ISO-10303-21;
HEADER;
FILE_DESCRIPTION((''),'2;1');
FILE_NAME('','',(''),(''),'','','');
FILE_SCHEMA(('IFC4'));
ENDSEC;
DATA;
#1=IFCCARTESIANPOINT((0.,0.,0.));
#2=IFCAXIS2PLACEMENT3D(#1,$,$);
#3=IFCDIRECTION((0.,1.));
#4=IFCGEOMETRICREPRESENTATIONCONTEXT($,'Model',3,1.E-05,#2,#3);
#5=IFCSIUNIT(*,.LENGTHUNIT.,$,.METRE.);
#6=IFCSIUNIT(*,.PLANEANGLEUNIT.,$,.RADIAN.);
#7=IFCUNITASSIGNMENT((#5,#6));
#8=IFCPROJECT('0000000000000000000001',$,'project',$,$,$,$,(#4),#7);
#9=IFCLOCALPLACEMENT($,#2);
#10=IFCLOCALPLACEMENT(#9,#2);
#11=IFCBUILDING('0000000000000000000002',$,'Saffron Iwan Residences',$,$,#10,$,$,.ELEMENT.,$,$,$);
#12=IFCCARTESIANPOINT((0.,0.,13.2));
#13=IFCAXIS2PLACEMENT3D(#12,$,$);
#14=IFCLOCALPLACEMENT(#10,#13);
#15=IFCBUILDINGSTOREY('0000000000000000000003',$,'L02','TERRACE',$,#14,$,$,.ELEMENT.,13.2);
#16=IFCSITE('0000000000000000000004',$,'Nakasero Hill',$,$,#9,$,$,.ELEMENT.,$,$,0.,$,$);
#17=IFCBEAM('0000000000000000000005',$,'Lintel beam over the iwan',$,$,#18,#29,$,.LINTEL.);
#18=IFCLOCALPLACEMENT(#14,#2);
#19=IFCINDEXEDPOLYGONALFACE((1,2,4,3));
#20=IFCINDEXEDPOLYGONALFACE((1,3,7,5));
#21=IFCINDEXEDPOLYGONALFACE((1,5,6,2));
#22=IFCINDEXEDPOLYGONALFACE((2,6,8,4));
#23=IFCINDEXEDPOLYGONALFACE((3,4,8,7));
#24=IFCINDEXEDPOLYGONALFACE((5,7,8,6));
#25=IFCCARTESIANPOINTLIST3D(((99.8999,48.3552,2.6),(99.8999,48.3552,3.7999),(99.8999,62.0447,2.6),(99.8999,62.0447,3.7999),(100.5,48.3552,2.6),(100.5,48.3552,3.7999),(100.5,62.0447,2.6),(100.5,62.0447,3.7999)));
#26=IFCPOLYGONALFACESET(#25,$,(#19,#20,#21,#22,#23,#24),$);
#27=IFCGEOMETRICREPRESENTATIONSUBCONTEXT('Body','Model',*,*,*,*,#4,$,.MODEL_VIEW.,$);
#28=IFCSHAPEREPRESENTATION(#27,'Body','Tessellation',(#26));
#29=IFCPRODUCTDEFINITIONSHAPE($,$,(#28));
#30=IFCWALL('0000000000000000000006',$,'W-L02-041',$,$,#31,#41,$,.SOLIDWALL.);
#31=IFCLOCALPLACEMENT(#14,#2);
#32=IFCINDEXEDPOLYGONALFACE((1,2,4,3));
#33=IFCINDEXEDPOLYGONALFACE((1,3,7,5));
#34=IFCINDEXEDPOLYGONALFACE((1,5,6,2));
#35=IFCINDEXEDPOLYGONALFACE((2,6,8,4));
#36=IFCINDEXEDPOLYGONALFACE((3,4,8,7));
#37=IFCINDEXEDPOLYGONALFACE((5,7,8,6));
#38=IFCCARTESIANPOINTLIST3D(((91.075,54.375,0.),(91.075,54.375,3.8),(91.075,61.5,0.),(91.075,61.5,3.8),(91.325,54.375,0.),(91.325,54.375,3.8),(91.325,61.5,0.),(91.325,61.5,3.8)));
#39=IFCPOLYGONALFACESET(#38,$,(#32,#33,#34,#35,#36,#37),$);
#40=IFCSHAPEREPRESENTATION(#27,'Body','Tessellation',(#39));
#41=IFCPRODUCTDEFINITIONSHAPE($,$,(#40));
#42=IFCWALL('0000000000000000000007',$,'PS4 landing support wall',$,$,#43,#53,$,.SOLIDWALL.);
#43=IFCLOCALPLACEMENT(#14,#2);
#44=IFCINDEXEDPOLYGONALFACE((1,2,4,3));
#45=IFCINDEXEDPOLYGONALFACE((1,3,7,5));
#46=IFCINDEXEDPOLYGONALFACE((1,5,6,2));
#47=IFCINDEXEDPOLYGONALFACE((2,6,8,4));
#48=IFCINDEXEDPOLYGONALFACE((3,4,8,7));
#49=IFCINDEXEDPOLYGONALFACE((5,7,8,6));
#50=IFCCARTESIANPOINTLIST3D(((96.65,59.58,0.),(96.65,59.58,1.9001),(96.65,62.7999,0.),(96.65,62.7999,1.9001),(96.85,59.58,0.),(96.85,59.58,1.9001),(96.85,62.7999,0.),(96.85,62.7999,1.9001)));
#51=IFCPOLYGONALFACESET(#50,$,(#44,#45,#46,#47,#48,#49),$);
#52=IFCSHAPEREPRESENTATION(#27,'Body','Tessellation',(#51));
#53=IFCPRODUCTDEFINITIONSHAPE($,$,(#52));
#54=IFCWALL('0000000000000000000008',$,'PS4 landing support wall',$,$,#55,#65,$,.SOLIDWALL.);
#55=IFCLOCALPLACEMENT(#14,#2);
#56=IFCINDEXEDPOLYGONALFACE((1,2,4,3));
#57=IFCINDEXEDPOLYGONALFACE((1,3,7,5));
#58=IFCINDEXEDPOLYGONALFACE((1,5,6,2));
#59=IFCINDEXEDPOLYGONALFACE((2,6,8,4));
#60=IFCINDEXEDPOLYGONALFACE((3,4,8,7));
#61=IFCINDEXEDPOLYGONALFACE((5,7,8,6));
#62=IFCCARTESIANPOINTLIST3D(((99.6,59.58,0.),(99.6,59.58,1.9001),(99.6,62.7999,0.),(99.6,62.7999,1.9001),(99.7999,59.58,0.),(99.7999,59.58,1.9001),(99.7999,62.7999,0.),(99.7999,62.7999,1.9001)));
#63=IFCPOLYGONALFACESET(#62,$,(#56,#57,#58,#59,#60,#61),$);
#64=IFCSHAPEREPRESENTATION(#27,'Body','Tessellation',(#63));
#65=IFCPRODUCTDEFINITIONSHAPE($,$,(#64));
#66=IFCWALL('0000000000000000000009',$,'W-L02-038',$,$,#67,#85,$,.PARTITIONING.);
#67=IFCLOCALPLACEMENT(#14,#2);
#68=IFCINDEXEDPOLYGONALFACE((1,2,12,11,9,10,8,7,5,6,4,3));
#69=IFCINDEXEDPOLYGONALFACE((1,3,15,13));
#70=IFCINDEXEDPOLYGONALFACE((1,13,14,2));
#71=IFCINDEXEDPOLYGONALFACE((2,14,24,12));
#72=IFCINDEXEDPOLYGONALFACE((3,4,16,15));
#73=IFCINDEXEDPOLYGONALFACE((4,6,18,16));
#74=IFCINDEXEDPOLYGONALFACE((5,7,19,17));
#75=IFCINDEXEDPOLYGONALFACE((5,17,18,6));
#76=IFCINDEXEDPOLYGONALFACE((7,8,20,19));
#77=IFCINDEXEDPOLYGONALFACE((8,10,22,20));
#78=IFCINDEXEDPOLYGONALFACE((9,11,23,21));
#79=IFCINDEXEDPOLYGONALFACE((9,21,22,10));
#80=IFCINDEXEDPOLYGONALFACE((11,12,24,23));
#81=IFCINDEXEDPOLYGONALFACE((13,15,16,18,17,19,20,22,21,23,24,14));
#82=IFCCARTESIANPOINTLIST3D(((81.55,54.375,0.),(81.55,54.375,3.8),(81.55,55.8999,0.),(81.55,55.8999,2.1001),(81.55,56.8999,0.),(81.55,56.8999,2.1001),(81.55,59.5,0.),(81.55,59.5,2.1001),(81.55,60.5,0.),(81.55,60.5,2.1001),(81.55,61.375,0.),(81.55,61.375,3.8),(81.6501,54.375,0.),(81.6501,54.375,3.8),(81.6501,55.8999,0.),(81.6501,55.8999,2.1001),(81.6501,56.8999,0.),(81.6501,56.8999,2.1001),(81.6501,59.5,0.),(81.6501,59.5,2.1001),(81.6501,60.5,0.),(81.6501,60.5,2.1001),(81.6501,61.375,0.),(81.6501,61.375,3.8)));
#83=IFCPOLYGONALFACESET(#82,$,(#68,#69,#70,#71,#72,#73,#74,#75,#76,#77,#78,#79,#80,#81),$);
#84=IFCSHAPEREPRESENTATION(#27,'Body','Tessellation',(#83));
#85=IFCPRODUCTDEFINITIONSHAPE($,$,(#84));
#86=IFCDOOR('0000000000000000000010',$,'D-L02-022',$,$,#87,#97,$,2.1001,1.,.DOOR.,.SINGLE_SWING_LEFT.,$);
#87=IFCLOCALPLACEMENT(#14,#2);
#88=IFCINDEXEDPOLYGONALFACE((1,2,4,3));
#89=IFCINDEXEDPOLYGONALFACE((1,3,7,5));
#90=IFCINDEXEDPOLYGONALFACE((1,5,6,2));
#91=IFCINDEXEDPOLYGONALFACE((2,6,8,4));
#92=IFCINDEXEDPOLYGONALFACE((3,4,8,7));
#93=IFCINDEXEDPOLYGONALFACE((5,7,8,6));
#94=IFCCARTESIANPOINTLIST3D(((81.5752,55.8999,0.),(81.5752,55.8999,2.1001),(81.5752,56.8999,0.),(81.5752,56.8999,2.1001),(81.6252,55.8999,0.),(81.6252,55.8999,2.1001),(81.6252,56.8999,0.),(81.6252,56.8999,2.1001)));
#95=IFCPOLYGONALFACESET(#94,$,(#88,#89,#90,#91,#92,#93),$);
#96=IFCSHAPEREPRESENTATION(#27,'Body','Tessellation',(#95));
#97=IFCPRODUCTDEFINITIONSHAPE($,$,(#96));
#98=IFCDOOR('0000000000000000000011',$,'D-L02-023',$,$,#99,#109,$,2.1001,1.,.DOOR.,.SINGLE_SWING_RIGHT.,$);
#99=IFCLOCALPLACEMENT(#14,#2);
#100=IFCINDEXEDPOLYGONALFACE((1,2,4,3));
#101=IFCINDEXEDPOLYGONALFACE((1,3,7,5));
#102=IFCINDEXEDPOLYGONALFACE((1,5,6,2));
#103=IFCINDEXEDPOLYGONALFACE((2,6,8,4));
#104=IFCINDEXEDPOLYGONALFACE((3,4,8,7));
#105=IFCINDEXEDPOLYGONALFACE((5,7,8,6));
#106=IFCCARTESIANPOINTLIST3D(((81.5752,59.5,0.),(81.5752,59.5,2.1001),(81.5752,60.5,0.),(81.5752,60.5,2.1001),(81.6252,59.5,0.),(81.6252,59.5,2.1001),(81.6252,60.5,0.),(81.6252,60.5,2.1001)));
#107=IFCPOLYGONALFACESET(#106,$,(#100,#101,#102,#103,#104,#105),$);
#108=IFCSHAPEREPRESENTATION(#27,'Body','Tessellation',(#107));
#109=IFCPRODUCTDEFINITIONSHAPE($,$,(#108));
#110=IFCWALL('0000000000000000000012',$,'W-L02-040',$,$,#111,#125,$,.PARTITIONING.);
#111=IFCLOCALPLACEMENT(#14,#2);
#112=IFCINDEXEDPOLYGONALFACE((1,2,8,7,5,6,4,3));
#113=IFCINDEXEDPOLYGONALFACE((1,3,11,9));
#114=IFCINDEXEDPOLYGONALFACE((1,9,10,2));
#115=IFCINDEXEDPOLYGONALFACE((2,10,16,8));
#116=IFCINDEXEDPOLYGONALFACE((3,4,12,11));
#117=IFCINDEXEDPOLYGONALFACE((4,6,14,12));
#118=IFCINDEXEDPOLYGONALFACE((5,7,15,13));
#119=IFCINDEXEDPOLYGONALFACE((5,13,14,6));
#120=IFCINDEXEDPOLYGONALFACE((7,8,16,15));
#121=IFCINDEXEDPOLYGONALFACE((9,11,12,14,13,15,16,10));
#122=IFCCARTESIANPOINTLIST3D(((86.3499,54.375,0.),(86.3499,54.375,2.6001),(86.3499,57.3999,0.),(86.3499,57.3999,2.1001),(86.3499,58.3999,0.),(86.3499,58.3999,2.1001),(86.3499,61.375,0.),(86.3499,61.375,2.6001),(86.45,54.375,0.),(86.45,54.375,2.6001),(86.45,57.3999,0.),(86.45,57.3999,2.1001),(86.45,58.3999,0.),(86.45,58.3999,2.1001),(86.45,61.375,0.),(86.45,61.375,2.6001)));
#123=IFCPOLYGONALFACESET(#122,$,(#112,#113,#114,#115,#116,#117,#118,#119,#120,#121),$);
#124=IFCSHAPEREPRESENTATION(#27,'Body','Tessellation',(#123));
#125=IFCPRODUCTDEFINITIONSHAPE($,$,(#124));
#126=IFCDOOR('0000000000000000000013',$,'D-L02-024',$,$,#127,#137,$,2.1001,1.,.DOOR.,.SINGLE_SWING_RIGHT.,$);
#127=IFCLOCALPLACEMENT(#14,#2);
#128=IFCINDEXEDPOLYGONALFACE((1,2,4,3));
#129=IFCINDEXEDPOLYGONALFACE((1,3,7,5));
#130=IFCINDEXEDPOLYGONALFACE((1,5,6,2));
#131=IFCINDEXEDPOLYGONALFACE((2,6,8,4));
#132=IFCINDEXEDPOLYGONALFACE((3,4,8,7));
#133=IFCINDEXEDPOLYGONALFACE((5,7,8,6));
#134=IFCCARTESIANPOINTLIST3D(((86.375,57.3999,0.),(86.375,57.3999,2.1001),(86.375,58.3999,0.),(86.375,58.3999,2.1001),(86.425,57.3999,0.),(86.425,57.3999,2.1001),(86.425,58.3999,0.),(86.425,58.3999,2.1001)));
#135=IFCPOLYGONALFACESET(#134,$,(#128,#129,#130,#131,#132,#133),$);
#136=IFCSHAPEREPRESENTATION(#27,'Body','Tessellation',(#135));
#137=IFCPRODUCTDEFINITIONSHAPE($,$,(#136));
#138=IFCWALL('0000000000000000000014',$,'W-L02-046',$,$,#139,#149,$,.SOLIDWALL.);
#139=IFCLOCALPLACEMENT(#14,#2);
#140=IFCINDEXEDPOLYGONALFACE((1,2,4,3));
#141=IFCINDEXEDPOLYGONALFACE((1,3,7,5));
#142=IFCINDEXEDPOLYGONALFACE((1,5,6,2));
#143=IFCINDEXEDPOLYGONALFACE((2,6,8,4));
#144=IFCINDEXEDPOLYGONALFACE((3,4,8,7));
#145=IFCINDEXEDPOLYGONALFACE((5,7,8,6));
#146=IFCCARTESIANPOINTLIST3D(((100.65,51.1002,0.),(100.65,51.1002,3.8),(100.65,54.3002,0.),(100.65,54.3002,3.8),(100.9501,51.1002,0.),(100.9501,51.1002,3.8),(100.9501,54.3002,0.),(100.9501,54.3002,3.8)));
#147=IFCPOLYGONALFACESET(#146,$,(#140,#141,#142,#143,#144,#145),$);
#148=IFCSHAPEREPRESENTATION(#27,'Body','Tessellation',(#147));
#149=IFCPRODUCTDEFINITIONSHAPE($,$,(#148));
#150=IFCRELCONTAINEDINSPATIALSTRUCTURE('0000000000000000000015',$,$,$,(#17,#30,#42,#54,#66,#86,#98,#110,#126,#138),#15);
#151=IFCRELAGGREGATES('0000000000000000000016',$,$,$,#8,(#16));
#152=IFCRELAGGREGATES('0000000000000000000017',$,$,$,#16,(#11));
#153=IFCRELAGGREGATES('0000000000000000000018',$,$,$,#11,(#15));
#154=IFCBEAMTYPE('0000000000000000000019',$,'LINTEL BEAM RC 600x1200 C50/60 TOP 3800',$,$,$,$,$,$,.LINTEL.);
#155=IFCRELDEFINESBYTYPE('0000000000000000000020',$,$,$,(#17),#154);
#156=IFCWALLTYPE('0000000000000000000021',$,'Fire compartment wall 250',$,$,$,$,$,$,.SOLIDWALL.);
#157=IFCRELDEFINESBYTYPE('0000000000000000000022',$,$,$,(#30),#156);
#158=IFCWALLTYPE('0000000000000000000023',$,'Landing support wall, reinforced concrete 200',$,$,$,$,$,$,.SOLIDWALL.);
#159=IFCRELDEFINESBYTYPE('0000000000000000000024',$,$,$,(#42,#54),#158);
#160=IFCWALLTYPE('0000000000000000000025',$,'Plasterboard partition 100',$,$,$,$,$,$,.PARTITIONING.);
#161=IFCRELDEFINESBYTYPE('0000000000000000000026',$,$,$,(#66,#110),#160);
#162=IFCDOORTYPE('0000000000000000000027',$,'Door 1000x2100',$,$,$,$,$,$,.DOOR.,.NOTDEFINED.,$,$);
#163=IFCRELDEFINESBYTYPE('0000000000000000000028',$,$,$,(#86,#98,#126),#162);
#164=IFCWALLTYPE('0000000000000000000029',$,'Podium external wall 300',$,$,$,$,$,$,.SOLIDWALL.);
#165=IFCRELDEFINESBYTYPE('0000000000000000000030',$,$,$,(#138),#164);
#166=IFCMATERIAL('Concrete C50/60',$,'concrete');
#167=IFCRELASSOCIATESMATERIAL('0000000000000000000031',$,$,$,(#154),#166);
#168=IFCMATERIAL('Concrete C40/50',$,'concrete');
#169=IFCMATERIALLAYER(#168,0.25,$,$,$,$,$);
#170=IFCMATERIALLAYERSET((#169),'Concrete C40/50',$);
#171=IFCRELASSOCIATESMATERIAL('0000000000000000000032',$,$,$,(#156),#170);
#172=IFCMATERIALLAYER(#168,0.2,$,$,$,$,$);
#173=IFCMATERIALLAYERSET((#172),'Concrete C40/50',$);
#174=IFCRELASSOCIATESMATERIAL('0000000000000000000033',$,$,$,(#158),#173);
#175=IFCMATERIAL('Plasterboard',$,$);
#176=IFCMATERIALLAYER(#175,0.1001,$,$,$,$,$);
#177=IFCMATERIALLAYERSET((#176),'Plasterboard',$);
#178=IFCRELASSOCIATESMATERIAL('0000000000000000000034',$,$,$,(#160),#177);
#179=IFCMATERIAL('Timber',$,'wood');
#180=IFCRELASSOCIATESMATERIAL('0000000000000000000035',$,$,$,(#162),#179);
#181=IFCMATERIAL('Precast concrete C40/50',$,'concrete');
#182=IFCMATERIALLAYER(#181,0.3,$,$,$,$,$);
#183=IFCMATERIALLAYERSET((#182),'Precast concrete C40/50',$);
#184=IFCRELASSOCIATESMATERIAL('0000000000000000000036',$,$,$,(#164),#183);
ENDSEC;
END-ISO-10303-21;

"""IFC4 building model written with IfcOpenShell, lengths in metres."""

from ifc_helpers import new_model, si_unit, direction, frame, frame_2d, origin, origin_2d, place, context, subcontext, project, spatial, rectangle, extrude, source, transform, mapped, material, layer, layer_set, material_profile, profile_set, type_object, element, fill, save


model = new_model("IFC4")

# Units and contexts
model_context = context("Model", 3, precision=1e-05, world=origin(), true_north=direction((0.0, 1.0)))
body_context = subcontext(model_context, "Body", "Model", "MODEL_VIEW")
ifc_project = project(units=[si_unit("LENGTHUNIT", "METRE"), si_unit("PLANEANGLEUNIT", "RADIAN")], contexts=[model_context])

# Site, building, storey
site_placement = place(None, origin())
site = spatial("IfcSite", under=ifc_project, at=site_placement, Name="Nakasero Hill", CompositionType="ELEMENT", RefElevation=0.0)
building_placement = place(site_placement, origin())
building = spatial("IfcBuilding", under=site, at=building_placement, Name="Saffron Iwan Residences", CompositionType="ELEMENT")
storey_placement = place(building_placement, frame((0.0, 0.0, 13.2)))
storey = spatial("IfcBuildingStorey", under=building, at=storey_placement, Name="L02", Description="TERRACE", CompositionType="ELEMENT", Elevation=13.2)

# Beam
ifc_material_1 = material(Name="Concrete C50/60", Category="concrete")
ifc_material_profile = material_profile(ifc_material_1, rectangle(XDim=0.6001, YDim=1.2, at=origin_2d()), Name="RC 600x1200")
ifc_profile_set = profile_set([ifc_material_profile], Name="Concrete C50/60")
beam_type = type_object("IfcBeamType", Name="LINTEL BEAM RC 600x1200 C50/60 TOP 3800", PredefinedType="LINTEL", material=ifc_profile_set)
shared_shape_1 = source(origin(), body_context, "Body", "SweptSolid", [
    extrude(rectangle(XDim=0.6001, YDim=1.2, at=origin_2d()), origin(), (0.0, 0.0, 1.0), 13.6895),
])
beam_placement = place(storey_placement, frame((100.2, 62.0447, 3.2), z_axis=(0.0, -1.0, 0.0), x_axis=(1.0, 0.0, 0.0)))
element("IfcBeam", 1, at=beam_placement, inside=storey, type_object=beam_type, Name="Lintel beam over the iwan", PredefinedType="LINTEL", context=body_context, shape_type="MappedRepresentation", body=[
    mapped(shared_shape_1, transform((0.0, 0.0, 0.0))),
])

# Walls
ifc_material_2 = material(Name="Concrete C40/50", Category="concrete")
ifc_layer_1 = layer(ifc_material_2, 0.25)
ifc_layer_set_1 = layer_set([ifc_layer_1], Name="Concrete C40/50")
wall_type_1 = type_object("IfcWallType", Name="Fire compartment wall 250", PredefinedType="SOLIDWALL", material=ifc_layer_set_1)
wall_1_placement = place(storey_placement, frame((91.2, 54.375, 0.0), z_axis=(0.0, 0.0, 1.0), x_axis=(0.0, 1.0, 0.0)))
element("IfcWall", 2, at=wall_1_placement, inside=storey, type_object=wall_type_1, Name="W-L02-041", PredefinedType="SOLIDWALL", context=body_context, shape_type="SweptSolid", body=[
    extrude(rectangle(XDim=7.125, YDim=0.25, at=frame_2d((3.5625, 0.0))), origin(), (0.0, 0.0, 1.0), 3.8),
])
ifc_layer_2 = layer(ifc_material_2, 0.2)
ifc_layer_set_2 = layer_set([ifc_layer_2], Name="Concrete C40/50")
wall_type_2 = type_object("IfcWallType", Name="Landing support wall, reinforced concrete 200", PredefinedType="SOLIDWALL", material=ifc_layer_set_2)
for number, where, z_axis, x_axis, name in (
    (3, (96.75, 59.5801, 0.0), (0.0, 0.0, 1.0), (0.0, 1.0, 0.0), "PS4 landing support wall"),
    (4, (99.7, 59.5801, 0.0), (0.0, 0.0, 1.0), (0.0, 1.0, 0.0), "PS4 landing support wall"),
):
    element("IfcWall", number, at=place(storey_placement, frame(where, z_axis=z_axis, x_axis=x_axis)), inside=storey, type_object=wall_type_2, Name=name, PredefinedType="SOLIDWALL", context=body_context, shape_type="SweptSolid", body=[
        extrude(rectangle(XDim=3.22, YDim=0.2, at=frame_2d((1.6099, 0.0))), origin(), (0.0, 0.0, 1.0), 1.9001),
    ])

# Wall, openings, doors
ifc_material_3 = material(Name="Plasterboard")
ifc_layer_3 = layer(ifc_material_3, 0.1001)
ifc_layer_set_3 = layer_set([ifc_layer_3], Name="Plasterboard")
wall_type_3 = type_object("IfcWallType", Name="Plasterboard partition 100", PredefinedType="PARTITIONING", material=ifc_layer_set_3)
wall_2_placement = place(storey_placement, frame((81.6001, 54.375, 0.0), z_axis=(0.0, 0.0, 1.0), x_axis=(0.0, 1.0, 0.0)))
wall_2 = element("IfcWall", 5, at=wall_2_placement, inside=storey, type_object=wall_type_3, Name="W-L02-038", PredefinedType="PARTITIONING", context=body_context, shape_type="SweptSolid", body=[
    extrude(rectangle(XDim=7.0, YDim=0.1001, at=frame_2d((3.5, 0.0))), origin(), (0.0, 0.0, 1.0), 3.8),
])
opening_1_placement = place(wall_2_placement, frame((1.5249, 0.0, 0.0)))
opening_1 = element("IfcOpeningElement", 6, at=opening_1_placement, cuts=wall_2, PredefinedType="OPENING", context=body_context, shape_type="SweptSolid", body=[
    extrude(rectangle(XDim=1.0, YDim=2.1001, at=frame_2d((0.5, 1.05))), frame((0.0, 0.0601, 0.0), z_axis=(0.0, -1.0, 0.0), x_axis=(1.0, 0.0, 0.0)), (0.0, 0.0, 1.0), 0.1201),
])
opening_2_placement = place(wall_2_placement, frame((5.125, 0.0, 0.0)))
opening_2 = element("IfcOpeningElement", 7, at=opening_2_placement, cuts=wall_2, PredefinedType="OPENING", context=body_context, shape_type="SweptSolid", body=[
    extrude(rectangle(XDim=1.0, YDim=2.1001, at=frame_2d((0.5, 1.05))), frame((0.0, 0.0601, 0.0), z_axis=(0.0, -1.0, 0.0), x_axis=(1.0, 0.0, 0.0)), (0.0, 0.0, 1.0), 0.1201),
])
ifc_material_4 = material(Name="Timber", Category="wood")
door_type_1 = type_object("IfcDoorType", Name="Door 1000x2100", OperationType="NOTDEFINED", PredefinedType="DOOR", material=ifc_material_4)
door_1_placement = place(opening_1_placement, origin())
door_1 = element("IfcDoor", 8, at=door_1_placement, inside=storey, type_object=door_type_1, Name="D-L02-022", OperationType="SINGLE_SWING_LEFT", OverallHeight=2.1001, OverallWidth=1.0, PredefinedType="DOOR", context=body_context, shape_type="SweptSolid", body=[
    extrude(rectangle(XDim=1.0, YDim=2.1001, at=frame_2d((0.5, 1.05))), frame((0.0, 0.0249, 0.0), z_axis=(0.0, -1.0, 0.0), x_axis=(1.0, 0.0, 0.0)), (0.0, 0.0, 1.0), 0.05),
])
fill(opening_1, door_1)
door_2_placement = place(opening_2_placement, origin())
door_2 = element("IfcDoor", 9, at=door_2_placement, inside=storey, type_object=door_type_1, Name="D-L02-023", OperationType="SINGLE_SWING_RIGHT", OverallHeight=2.1001, OverallWidth=1.0, PredefinedType="DOOR", context=body_context, shape_type="SweptSolid", body=[
    extrude(rectangle(XDim=1.0, YDim=2.1001, at=frame_2d((0.5, 1.05))), frame((0.0, 0.0249, 0.0), z_axis=(0.0, -1.0, 0.0), x_axis=(1.0, 0.0, 0.0)), (0.0, 0.0, 1.0), 0.05),
])
fill(opening_2, door_2)

# Wall, opening, door
wall_3_placement = place(storey_placement, frame((86.3999, 54.375, 0.0), z_axis=(0.0, 0.0, 1.0), x_axis=(0.0, 1.0, 0.0)))
wall_3 = element("IfcWall", 10, at=wall_3_placement, inside=storey, type_object=wall_type_3, Name="W-L02-040", PredefinedType="PARTITIONING", context=body_context, shape_type="SweptSolid", body=[
    extrude(rectangle(XDim=7.0, YDim=0.1001, at=frame_2d((3.5, 0.0))), origin(), (0.0, 0.0, 1.0), 2.6001),
])
opening_3_placement = place(wall_3_placement, frame((3.0249, 0.0, 0.0)))
opening_3 = element("IfcOpeningElement", 11, at=opening_3_placement, cuts=wall_3, PredefinedType="OPENING", context=body_context, shape_type="SweptSolid", body=[
    extrude(rectangle(XDim=1.0, YDim=2.1001, at=frame_2d((0.5, 1.05))), frame((0.0, 0.0601, 0.0), z_axis=(0.0, -1.0, 0.0), x_axis=(1.0, 0.0, 0.0)), (0.0, 0.0, 1.0), 0.1201),
])
door_3_placement = place(opening_3_placement, origin())
door_3 = element("IfcDoor", 12, at=door_3_placement, inside=storey, type_object=door_type_1, Name="D-L02-024", OperationType="SINGLE_SWING_RIGHT", OverallHeight=2.1001, OverallWidth=1.0, PredefinedType="DOOR", context=body_context, shape_type="SweptSolid", body=[
    extrude(rectangle(XDim=1.0, YDim=2.1001, at=frame_2d((0.5, 1.05))), frame((0.0, 0.0249, 0.0), z_axis=(0.0, -1.0, 0.0), x_axis=(1.0, 0.0, 0.0)), (0.0, 0.0, 1.0), 0.05),
])
fill(opening_3, door_3)

# Wall
ifc_material_5 = material(Name="Precast concrete C40/50", Category="concrete")
ifc_layer_4 = layer(ifc_material_5, 0.3)
ifc_layer_set_4 = layer_set([ifc_layer_4], Name="Precast concrete C40/50")
wall_type_4 = type_object("IfcWallType", Name="Podium external wall 300", PredefinedType="SOLIDWALL", material=ifc_layer_set_4)
wall_4_placement = place(storey_placement, frame((100.8, 51.1001, 0.0), z_axis=(0.0, 0.0, 1.0), x_axis=(0.0, 1.0, 0.0)))
element("IfcWall", 13, at=wall_4_placement, inside=storey, type_object=wall_type_4, Name="W-L02-046", PredefinedType="SOLIDWALL", context=body_context, shape_type="SweptSolid", body=[
    extrude(rectangle(XDim=3.2, YDim=0.3, at=frame_2d((1.6001, 0.0))), origin(), (0.0, 0.0, 1.0), 3.8),
])

save(model, "model.ifc")
